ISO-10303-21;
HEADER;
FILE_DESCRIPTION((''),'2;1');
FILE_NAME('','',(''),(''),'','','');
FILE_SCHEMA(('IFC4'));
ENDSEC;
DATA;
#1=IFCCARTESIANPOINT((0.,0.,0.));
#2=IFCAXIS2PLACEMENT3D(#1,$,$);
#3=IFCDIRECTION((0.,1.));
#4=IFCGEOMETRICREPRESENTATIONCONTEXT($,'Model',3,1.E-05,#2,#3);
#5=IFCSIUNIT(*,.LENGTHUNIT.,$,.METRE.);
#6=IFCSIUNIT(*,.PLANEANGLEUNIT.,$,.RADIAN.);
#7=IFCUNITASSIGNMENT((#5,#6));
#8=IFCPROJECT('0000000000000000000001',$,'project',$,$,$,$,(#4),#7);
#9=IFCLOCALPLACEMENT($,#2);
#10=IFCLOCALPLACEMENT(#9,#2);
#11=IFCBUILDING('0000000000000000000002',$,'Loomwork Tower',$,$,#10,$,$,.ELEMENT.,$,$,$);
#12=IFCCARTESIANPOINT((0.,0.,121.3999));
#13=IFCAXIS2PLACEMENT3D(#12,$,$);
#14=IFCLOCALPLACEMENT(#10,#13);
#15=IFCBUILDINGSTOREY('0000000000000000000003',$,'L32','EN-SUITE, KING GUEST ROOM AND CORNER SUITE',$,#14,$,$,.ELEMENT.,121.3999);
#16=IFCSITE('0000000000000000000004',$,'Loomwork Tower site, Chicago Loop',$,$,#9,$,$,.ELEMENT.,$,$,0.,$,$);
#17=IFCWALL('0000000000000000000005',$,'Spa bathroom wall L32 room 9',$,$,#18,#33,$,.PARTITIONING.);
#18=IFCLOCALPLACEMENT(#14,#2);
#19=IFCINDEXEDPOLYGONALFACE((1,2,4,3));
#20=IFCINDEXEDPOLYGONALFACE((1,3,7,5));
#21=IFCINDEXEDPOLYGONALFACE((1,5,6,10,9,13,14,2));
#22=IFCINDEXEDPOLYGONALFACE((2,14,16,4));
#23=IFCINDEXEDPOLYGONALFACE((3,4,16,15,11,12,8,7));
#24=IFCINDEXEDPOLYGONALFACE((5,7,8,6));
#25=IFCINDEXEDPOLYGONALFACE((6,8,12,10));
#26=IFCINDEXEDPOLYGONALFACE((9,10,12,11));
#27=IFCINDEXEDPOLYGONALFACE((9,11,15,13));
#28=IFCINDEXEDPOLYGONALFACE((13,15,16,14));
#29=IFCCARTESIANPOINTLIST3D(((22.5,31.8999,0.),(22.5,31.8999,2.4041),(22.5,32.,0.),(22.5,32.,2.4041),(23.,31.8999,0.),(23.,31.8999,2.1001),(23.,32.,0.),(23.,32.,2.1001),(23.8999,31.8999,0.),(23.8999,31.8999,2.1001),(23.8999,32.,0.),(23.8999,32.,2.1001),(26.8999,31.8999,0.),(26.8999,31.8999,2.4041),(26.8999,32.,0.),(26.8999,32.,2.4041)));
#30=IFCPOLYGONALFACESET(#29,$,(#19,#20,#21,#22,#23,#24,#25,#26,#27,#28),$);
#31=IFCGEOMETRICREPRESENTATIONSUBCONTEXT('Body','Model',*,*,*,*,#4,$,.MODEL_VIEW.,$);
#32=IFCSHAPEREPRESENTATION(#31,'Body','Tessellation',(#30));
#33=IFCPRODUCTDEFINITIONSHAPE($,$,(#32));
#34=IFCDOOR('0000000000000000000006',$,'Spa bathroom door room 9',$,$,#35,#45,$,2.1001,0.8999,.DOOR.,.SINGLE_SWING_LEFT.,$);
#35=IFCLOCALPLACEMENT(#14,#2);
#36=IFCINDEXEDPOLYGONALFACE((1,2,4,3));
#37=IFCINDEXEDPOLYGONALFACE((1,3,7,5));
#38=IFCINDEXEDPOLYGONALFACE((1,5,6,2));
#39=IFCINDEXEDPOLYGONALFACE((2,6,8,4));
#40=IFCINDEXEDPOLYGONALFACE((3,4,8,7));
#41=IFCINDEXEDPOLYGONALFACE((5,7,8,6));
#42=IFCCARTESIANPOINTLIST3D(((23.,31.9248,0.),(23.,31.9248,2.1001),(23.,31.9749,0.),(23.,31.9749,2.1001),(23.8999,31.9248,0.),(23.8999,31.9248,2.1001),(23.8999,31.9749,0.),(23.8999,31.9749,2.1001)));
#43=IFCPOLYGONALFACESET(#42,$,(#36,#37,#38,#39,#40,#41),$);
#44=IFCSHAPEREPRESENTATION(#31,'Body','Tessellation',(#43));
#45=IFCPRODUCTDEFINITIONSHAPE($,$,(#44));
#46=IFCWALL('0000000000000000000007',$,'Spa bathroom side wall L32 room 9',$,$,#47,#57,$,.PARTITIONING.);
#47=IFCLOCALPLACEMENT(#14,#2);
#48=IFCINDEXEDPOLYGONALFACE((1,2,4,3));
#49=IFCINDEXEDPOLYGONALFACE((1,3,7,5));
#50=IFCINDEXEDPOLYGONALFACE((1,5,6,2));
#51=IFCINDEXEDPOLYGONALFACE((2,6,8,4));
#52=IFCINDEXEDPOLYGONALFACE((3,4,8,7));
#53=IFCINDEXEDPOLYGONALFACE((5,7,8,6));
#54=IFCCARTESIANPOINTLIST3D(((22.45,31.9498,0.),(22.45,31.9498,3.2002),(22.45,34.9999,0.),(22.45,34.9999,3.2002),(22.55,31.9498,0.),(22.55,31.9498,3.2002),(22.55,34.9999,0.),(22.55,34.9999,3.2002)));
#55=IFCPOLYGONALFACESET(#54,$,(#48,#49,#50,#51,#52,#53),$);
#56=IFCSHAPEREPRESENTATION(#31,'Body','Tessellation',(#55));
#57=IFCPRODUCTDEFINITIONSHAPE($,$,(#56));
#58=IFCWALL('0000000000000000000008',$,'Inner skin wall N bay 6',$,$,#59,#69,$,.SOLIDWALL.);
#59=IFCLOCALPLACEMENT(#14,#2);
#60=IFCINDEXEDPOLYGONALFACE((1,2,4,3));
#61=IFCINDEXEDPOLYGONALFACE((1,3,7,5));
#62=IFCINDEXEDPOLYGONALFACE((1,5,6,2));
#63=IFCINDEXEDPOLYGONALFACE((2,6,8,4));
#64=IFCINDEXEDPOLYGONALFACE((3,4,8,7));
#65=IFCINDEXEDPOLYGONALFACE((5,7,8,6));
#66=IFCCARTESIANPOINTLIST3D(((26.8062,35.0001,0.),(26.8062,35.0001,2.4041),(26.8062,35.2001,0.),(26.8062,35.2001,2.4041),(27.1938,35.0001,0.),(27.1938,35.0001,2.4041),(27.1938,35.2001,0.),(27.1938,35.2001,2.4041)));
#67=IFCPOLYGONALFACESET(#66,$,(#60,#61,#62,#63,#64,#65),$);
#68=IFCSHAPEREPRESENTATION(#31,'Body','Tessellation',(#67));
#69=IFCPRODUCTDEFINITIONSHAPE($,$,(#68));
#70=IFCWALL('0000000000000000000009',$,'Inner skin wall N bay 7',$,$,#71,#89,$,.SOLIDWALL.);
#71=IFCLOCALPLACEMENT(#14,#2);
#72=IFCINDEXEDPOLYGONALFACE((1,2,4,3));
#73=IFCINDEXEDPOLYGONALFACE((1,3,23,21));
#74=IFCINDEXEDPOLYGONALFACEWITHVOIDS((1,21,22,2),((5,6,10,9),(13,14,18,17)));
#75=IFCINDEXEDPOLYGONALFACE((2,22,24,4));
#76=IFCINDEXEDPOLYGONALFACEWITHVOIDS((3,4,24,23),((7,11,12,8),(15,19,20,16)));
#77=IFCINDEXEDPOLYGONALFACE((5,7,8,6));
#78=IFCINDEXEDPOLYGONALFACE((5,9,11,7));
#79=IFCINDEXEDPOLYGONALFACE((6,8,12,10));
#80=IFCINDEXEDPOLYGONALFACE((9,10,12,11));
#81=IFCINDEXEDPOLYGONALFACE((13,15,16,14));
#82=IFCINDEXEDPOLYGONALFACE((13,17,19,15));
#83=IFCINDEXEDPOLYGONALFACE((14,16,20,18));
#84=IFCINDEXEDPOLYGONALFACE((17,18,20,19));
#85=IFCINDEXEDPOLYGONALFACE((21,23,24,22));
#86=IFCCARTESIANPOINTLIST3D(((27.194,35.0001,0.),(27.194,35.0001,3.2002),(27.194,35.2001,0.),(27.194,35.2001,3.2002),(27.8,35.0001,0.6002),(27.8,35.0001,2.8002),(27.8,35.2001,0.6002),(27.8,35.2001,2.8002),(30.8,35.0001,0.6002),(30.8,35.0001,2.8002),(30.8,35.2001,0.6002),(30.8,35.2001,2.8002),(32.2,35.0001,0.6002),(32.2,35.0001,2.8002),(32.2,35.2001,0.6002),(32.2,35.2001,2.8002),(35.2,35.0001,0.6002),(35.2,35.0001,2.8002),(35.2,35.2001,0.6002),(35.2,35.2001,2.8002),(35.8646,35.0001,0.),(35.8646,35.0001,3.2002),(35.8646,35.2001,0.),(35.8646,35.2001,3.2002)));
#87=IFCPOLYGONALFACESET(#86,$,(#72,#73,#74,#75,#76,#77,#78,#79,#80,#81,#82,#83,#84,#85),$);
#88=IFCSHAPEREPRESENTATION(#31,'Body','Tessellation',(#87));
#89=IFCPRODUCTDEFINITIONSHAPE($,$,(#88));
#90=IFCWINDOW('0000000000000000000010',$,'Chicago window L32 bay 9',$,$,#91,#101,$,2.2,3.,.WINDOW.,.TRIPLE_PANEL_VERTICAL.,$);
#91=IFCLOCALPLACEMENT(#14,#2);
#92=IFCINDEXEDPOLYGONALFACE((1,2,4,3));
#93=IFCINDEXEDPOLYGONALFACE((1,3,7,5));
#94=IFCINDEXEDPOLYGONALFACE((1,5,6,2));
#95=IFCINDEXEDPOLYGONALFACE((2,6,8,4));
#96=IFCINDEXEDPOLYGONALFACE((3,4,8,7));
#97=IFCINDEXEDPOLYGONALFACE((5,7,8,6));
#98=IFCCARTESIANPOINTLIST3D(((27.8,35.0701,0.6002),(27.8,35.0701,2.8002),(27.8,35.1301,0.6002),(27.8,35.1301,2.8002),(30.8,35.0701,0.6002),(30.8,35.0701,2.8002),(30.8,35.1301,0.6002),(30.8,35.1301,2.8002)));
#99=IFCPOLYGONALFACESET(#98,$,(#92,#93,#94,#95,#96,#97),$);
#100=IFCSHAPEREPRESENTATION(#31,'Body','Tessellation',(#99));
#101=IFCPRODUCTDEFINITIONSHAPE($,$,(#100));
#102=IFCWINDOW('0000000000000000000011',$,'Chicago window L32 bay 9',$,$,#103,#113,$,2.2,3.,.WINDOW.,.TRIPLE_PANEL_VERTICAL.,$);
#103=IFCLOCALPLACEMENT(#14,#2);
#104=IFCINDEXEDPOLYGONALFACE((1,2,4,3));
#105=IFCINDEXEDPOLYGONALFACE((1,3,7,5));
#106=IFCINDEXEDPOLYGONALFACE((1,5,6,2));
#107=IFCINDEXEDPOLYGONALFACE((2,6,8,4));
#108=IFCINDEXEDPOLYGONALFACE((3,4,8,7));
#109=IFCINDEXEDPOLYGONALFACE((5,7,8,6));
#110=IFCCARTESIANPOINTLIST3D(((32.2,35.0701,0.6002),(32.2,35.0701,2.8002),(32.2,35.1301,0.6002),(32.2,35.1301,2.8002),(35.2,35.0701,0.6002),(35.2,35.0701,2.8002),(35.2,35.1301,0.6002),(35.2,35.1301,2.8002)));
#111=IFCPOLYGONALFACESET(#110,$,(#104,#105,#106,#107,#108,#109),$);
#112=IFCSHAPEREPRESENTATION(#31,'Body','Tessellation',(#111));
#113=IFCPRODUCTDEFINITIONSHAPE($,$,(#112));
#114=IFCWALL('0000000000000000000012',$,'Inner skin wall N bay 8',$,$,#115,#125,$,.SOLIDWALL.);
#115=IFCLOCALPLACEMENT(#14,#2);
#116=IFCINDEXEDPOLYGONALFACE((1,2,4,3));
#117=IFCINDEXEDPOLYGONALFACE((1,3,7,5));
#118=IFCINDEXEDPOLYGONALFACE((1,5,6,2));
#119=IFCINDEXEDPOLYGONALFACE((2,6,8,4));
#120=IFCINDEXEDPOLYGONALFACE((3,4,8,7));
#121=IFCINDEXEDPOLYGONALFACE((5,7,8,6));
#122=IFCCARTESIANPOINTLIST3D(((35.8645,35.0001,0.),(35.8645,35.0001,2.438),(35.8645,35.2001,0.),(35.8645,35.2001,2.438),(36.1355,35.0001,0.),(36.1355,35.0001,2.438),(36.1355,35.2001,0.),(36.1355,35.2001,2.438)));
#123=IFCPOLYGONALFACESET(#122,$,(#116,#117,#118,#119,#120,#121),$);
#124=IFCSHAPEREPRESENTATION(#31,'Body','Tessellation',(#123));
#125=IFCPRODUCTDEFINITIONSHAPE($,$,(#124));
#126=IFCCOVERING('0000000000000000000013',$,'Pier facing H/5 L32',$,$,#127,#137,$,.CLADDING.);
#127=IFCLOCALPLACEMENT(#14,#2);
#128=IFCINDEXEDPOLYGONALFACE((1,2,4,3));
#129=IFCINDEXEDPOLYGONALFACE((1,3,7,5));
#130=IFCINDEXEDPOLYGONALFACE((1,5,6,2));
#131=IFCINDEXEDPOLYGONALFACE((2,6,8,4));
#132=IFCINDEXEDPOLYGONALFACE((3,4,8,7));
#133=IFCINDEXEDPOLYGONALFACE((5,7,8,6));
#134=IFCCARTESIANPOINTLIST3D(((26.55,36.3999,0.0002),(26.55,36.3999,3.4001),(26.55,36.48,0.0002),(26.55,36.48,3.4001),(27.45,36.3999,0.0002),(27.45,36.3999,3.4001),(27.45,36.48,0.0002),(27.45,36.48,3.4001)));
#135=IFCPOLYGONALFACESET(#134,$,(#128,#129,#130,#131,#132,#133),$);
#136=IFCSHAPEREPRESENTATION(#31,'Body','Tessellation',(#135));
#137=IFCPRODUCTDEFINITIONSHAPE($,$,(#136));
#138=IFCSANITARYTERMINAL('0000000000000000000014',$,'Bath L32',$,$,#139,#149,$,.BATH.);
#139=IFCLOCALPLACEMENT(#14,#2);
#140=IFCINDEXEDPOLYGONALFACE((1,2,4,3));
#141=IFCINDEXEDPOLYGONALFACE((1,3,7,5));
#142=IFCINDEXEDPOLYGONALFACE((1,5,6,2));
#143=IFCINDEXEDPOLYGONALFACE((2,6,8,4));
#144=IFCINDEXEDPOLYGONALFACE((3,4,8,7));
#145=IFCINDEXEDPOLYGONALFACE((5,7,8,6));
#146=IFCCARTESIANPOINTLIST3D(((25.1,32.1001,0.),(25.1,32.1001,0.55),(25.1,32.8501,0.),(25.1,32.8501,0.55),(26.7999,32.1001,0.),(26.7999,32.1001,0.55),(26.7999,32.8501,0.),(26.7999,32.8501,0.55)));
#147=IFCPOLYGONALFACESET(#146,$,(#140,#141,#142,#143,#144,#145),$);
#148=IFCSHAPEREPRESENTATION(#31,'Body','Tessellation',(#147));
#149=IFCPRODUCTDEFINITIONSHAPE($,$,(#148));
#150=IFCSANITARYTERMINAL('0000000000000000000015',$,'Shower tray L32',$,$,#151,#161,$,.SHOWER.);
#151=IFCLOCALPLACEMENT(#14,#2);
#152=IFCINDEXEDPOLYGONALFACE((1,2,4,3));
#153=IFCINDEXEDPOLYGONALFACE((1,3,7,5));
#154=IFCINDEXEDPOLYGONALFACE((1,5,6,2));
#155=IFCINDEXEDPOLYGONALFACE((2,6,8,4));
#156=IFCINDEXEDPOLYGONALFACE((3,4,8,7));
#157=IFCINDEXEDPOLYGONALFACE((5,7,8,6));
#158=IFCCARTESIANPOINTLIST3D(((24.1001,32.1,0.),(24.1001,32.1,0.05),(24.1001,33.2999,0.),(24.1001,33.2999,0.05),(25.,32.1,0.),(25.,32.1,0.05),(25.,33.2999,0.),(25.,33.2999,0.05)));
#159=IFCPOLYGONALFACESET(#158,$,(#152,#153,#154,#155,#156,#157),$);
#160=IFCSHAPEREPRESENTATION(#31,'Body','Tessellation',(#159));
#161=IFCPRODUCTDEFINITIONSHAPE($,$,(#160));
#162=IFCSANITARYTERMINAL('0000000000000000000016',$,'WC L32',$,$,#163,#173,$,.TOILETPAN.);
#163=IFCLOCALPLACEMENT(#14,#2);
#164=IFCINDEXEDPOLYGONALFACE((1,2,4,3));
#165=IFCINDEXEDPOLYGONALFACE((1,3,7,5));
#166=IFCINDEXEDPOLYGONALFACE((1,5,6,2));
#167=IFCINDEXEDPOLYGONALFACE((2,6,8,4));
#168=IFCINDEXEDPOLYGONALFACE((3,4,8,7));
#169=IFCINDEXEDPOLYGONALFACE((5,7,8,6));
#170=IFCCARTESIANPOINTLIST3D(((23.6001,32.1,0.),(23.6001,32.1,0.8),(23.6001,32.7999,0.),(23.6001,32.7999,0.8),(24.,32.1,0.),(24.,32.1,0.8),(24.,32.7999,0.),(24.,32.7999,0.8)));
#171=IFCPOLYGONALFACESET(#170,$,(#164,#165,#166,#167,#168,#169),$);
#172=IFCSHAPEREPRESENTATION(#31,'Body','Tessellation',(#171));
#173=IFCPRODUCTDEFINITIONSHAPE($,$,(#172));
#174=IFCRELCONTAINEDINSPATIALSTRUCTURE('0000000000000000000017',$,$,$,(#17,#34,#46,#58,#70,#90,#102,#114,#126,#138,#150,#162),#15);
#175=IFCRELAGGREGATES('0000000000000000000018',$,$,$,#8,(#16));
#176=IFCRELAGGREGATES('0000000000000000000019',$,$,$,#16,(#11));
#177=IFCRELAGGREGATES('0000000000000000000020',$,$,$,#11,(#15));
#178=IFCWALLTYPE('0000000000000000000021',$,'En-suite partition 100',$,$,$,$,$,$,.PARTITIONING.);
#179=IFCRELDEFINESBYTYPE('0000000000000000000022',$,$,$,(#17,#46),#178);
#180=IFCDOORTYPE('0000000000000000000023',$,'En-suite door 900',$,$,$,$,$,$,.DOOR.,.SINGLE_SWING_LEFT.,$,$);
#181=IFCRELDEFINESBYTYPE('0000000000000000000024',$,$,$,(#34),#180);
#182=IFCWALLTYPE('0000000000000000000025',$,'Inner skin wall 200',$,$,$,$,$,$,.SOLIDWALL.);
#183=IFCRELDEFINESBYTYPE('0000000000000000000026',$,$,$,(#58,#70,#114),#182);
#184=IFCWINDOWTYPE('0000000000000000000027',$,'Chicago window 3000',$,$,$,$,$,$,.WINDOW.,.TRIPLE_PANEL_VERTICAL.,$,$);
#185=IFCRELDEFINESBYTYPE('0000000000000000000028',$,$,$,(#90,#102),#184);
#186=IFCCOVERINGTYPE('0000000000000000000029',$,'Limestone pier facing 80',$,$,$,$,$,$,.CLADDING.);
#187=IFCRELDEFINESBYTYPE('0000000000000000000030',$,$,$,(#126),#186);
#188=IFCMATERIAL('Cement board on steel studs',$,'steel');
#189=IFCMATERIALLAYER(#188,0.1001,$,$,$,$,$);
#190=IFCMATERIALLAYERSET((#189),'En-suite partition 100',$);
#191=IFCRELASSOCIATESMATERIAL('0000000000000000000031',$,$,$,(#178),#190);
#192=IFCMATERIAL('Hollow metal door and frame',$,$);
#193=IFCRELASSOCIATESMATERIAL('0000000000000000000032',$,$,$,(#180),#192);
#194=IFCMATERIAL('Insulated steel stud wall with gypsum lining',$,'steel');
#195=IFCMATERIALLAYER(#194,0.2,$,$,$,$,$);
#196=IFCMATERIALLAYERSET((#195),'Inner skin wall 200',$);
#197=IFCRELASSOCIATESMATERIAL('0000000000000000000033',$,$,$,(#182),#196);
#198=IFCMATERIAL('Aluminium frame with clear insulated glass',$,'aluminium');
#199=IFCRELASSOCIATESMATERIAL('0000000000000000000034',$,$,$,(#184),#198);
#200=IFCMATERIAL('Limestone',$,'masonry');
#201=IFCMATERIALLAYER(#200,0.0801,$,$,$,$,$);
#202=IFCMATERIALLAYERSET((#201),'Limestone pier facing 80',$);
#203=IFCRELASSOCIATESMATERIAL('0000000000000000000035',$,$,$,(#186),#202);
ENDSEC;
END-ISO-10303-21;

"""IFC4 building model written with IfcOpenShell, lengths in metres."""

from ifc_helpers import new_model, si_unit, direction, frame, frame_2d, origin, origin_2d, place, context, subcontext, project, spatial, rectangle, extrude, material, layer, layer_set, type_object, element, fill, save


model = new_model("IFC4")

# Units and contexts
model_context = context("Model", 3, precision=1e-05, world=origin(), true_north=direction((0.0, 1.0)))
body_context = subcontext(model_context, "Body", "Model", "MODEL_VIEW")
ifc_project = project(units=[si_unit("LENGTHUNIT", "METRE"), si_unit("PLANEANGLEUNIT", "RADIAN")], contexts=[model_context])

# Site, building, storey
site_placement = place(None, origin())
site = spatial("IfcSite", under=ifc_project, at=site_placement, Name="Loomwork Tower site, Chicago Loop", CompositionType="ELEMENT", RefElevation=0.0)
building_placement = place(site_placement, origin())
building = spatial("IfcBuilding", under=site, at=building_placement, Name="Loomwork Tower", CompositionType="ELEMENT")
storey_placement = place(building_placement, frame((0.0, 0.0, 121.3999)))
storey = spatial("IfcBuildingStorey", under=building, at=storey_placement, Name="L32", Description="EN-SUITE, KING GUEST ROOM AND CORNER SUITE", CompositionType="ELEMENT", Elevation=121.3999)

# Wall, opening, door
ifc_material_1 = material(Name="Cement board on steel studs", Category="steel")
ifc_layer_1 = layer(ifc_material_1, 0.1001)
ifc_layer_set_1 = layer_set([ifc_layer_1], Name="En-suite partition 100")
wall_type_1 = type_object("IfcWallType", Name="En-suite partition 100", PredefinedType="PARTITIONING", material=ifc_layer_set_1)
wall_1_placement = place(storey_placement, frame((22.5, 31.95, 0.0), z_axis=(0.0, 0.0, 1.0), x_axis=(1.0, 0.0, 0.0)))
wall_1 = element("IfcWall", 1, at=wall_1_placement, inside=storey, type_object=wall_type_1, Name="Spa bathroom wall L32 room 9", PredefinedType="PARTITIONING", context=body_context, shape_type="SweptSolid", body=[
    extrude(rectangle(XDim=4.3999, YDim=0.1001, at=frame_2d((2.2, 0.0))), origin(), (0.0, 0.0, 1.0), 2.4041),
])
opening_1_placement = place(wall_1_placement, frame((0.5, 0.0, 0.0)))
opening_1 = element("IfcOpeningElement", 2, at=opening_1_placement, cuts=wall_1, PredefinedType="OPENING", context=body_context, shape_type="SweptSolid", body=[
    extrude(rectangle(XDim=0.8999, YDim=2.1001, at=frame_2d((0.45, 1.05))), frame((0.0, 0.0601, 0.0), z_axis=(0.0, -1.0, 0.0), x_axis=(1.0, 0.0, 0.0)), (0.0, 0.0, 1.0), 0.1201),
])
ifc_material_2 = material(Name="Hollow metal door and frame")
door_type = type_object("IfcDoorType", Name="En-suite door 900", OperationType="SINGLE_SWING_LEFT", PredefinedType="DOOR", material=ifc_material_2)
door_placement = place(opening_1_placement, origin())
door = element("IfcDoor", 3, at=door_placement, inside=storey, type_object=door_type, Name="Spa bathroom door room 9", OperationType="SINGLE_SWING_LEFT", OverallHeight=2.1001, OverallWidth=0.8999, PredefinedType="DOOR", context=body_context, shape_type="SweptSolid", body=[
    extrude(rectangle(XDim=0.8999, YDim=2.1001, at=frame_2d((0.45, 1.05))), frame((0.0, 0.0249, 0.0), z_axis=(0.0, -1.0, 0.0), x_axis=(1.0, 0.0, 0.0)), (0.0, 0.0, 1.0), 0.05),
])
fill(opening_1, door)

# Walls
wall_2_placement = place(storey_placement, frame((22.5, 31.95, 0.0), z_axis=(0.0, 0.0, 1.0), x_axis=(0.0, 1.0, 0.0)))
element("IfcWall", 4, at=wall_2_placement, inside=storey, type_object=wall_type_1, Name="Spa bathroom side wall L32 room 9", PredefinedType="PARTITIONING", context=body_context, shape_type="SweptSolid", body=[
    extrude(rectangle(XDim=3.05, YDim=0.1001, at=frame_2d((1.5249, 0.0))), origin(), (0.0, 0.0, 1.0), 3.2002),
])
ifc_material_3 = material(Name="Insulated steel stud wall with gypsum lining", Category="steel")
ifc_layer_2 = layer(ifc_material_3, 0.2)
ifc_layer_set_2 = layer_set([ifc_layer_2], Name="Inner skin wall 200")
wall_type_2 = type_object("IfcWallType", Name="Inner skin wall 200", PredefinedType="SOLIDWALL", material=ifc_layer_set_2)
wall_3_placement = place(storey_placement, frame((26.8062, 35.1001, 0.0), z_axis=(0.0, 0.0, 1.0), x_axis=(1.0, 0.0, 0.0)))
element("IfcWall", 5, at=wall_3_placement, inside=storey, type_object=wall_type_2, Name="Inner skin wall N bay 6", PredefinedType="SOLIDWALL", context=body_context, shape_type="SweptSolid", body=[
    extrude(rectangle(XDim=0.3877, YDim=0.2, at=frame_2d((0.1938, 0.0))), origin(), (0.0, 0.0, 1.0), 2.4041),
])

# Wall, openings, windows
wall_4_placement = place(storey_placement, frame((27.1938, 35.1001, 0.0), z_axis=(0.0, 0.0, 1.0), x_axis=(1.0, 0.0, 0.0)))
wall_4 = element("IfcWall", 6, at=wall_4_placement, inside=storey, type_object=wall_type_2, Name="Inner skin wall N bay 7", PredefinedType="SOLIDWALL", context=body_context, shape_type="SweptSolid", body=[
    extrude(rectangle(XDim=8.6707, YDim=0.2, at=frame_2d((4.3354, 0.0))), origin(), (0.0, 0.0, 1.0), 3.2002),
])
opening_2_placement = place(wall_4_placement, frame((0.6062, 0.0, 0.6001)))
opening_2 = element("IfcOpeningElement", 7, at=opening_2_placement, cuts=wall_4, PredefinedType="OPENING", context=body_context, shape_type="SweptSolid", body=[
    extrude(rectangle(XDim=3.0, YDim=2.2, at=frame_2d((1.5, 1.1001))), frame((0.0, 0.1099, 0.0), z_axis=(0.0, -1.0, 0.0), x_axis=(1.0, 0.0, 0.0)), (0.0, 0.0, 1.0), 0.22),
])
opening_3_placement = place(wall_4_placement, frame((5.0061, 0.0, 0.6001)))
opening_3 = element("IfcOpeningElement", 8, at=opening_3_placement, cuts=wall_4, PredefinedType="OPENING", context=body_context, shape_type="SweptSolid", body=[
    extrude(rectangle(XDim=3.0, YDim=2.2, at=frame_2d((1.5, 1.1001))), frame((0.0, 0.1099, 0.0), z_axis=(0.0, -1.0, 0.0), x_axis=(1.0, 0.0, 0.0)), (0.0, 0.0, 1.0), 0.22),
])
ifc_material_4 = material(Name="Aluminium frame with clear insulated glass", Category="aluminium")
window_type = type_object("IfcWindowType", Name="Chicago window 3000", PartitioningType="TRIPLE_PANEL_VERTICAL", PredefinedType="WINDOW", material=ifc_material_4)
window_1_placement = place(opening_2_placement, origin())
window_1 = element("IfcWindow", 9, at=window_1_placement, inside=storey, type_object=window_type, Name="Chicago window L32 bay 9", OverallHeight=2.2, OverallWidth=3.0, PartitioningType="TRIPLE_PANEL_VERTICAL", PredefinedType="WINDOW", context=body_context, shape_type="SweptSolid", body=[
    extrude(rectangle(XDim=3.0, YDim=2.2, at=frame_2d((1.5, 1.1001))), frame((0.0, 0.03, 0.0), z_axis=(0.0, -1.0, 0.0), x_axis=(1.0, 0.0, 0.0)), (0.0, 0.0, 1.0), 0.0601),
])
fill(opening_2, window_1)
window_2_placement = place(opening_3_placement, origin())
window_2 = element("IfcWindow", 10, at=window_2_placement, inside=storey, type_object=window_type, Name="Chicago window L32 bay 9", OverallHeight=2.2, OverallWidth=3.0, PartitioningType="TRIPLE_PANEL_VERTICAL", PredefinedType="WINDOW", context=body_context, shape_type="SweptSolid", body=[
    extrude(rectangle(XDim=3.0, YDim=2.2, at=frame_2d((1.5, 1.1001))), frame((0.0, 0.03, 0.0), z_axis=(0.0, -1.0, 0.0), x_axis=(1.0, 0.0, 0.0)), (0.0, 0.0, 1.0), 0.0601),
])
fill(opening_3, window_2)

# Wall
wall_5_placement = place(storey_placement, frame((35.8645, 35.1001, 0.0), z_axis=(0.0, 0.0, 1.0), x_axis=(1.0, 0.0, 0.0)))
element("IfcWall", 11, at=wall_5_placement, inside=storey, type_object=wall_type_2, Name="Inner skin wall N bay 8", PredefinedType="SOLIDWALL", context=body_context, shape_type="SweptSolid", body=[
    extrude(rectangle(XDim=0.271, YDim=0.2, at=frame_2d((0.1355, 0.0))), origin(), (0.0, 0.0, 1.0), 2.438),
])

# Covering
ifc_material_5 = material(Name="Limestone", Category="masonry")
ifc_layer_3 = layer(ifc_material_5, 0.0801)
ifc_layer_set_3 = layer_set([ifc_layer_3], Name="Limestone pier facing 80")
covering_type = type_object("IfcCoveringType", Name="Limestone pier facing 80", PredefinedType="CLADDING", material=ifc_layer_set_3)
covering_placement = place(storey_placement, frame((27.0, 36.4399, 0.0002), z_axis=(0.0, 0.0, 1.0), x_axis=(1.0, 0.0, 0.0)))
element("IfcCovering", 12, at=covering_placement, inside=storey, type_object=covering_type, Name="Pier facing H/5 L32", PredefinedType="CLADDING", context=body_context, shape_type="SweptSolid", body=[
    extrude(rectangle(XDim=0.8999, YDim=0.0801, at=origin_2d()), origin(), (0.0, 0.0, 1.0), 3.3999),
])

# Sanitary terminals
sanitary_terminal_1_placement = place(storey_placement, frame((25.95, 32.4751, 0.0), z_axis=(0.0, 0.0, 1.0), x_axis=(1.0, 0.0, 0.0)))
element("IfcSanitaryTerminal", 13, at=sanitary_terminal_1_placement, inside=storey, Name="Bath L32", PredefinedType="BATH", context=body_context, shape_type="SweptSolid", body=[
    extrude(rectangle(XDim=1.7, YDim=0.75, at=origin_2d()), origin(), (0.0, 0.0, 1.0), 0.55),
])
sanitary_terminal_2_placement = place(storey_placement, frame((24.55, 32.7, 0.0), z_axis=(0.0, 0.0, 1.0), x_axis=(1.0, 0.0, 0.0)))
element("IfcSanitaryTerminal", 14, at=sanitary_terminal_2_placement, inside=storey, Name="Shower tray L32", PredefinedType="SHOWER", context=body_context, shape_type="SweptSolid", body=[
    extrude(rectangle(XDim=0.8999, YDim=1.2, at=origin_2d()), origin(), (0.0, 0.0, 1.0), 0.05),
])
sanitary_terminal_3_placement = place(storey_placement, frame((23.8, 32.45, 0.0), z_axis=(0.0, 0.0, 1.0), x_axis=(1.0, 0.0, 0.0)))
element("IfcSanitaryTerminal", 15, at=sanitary_terminal_3_placement, inside=storey, Name="WC L32", PredefinedType="TOILETPAN", context=body_context, shape_type="SweptSolid", body=[
    extrude(rectangle(XDim=0.3999, YDim=0.7, at=origin_2d()), origin(), (0.0, 0.0, 1.0), 0.8),
])

save(model, "model.ifc")
